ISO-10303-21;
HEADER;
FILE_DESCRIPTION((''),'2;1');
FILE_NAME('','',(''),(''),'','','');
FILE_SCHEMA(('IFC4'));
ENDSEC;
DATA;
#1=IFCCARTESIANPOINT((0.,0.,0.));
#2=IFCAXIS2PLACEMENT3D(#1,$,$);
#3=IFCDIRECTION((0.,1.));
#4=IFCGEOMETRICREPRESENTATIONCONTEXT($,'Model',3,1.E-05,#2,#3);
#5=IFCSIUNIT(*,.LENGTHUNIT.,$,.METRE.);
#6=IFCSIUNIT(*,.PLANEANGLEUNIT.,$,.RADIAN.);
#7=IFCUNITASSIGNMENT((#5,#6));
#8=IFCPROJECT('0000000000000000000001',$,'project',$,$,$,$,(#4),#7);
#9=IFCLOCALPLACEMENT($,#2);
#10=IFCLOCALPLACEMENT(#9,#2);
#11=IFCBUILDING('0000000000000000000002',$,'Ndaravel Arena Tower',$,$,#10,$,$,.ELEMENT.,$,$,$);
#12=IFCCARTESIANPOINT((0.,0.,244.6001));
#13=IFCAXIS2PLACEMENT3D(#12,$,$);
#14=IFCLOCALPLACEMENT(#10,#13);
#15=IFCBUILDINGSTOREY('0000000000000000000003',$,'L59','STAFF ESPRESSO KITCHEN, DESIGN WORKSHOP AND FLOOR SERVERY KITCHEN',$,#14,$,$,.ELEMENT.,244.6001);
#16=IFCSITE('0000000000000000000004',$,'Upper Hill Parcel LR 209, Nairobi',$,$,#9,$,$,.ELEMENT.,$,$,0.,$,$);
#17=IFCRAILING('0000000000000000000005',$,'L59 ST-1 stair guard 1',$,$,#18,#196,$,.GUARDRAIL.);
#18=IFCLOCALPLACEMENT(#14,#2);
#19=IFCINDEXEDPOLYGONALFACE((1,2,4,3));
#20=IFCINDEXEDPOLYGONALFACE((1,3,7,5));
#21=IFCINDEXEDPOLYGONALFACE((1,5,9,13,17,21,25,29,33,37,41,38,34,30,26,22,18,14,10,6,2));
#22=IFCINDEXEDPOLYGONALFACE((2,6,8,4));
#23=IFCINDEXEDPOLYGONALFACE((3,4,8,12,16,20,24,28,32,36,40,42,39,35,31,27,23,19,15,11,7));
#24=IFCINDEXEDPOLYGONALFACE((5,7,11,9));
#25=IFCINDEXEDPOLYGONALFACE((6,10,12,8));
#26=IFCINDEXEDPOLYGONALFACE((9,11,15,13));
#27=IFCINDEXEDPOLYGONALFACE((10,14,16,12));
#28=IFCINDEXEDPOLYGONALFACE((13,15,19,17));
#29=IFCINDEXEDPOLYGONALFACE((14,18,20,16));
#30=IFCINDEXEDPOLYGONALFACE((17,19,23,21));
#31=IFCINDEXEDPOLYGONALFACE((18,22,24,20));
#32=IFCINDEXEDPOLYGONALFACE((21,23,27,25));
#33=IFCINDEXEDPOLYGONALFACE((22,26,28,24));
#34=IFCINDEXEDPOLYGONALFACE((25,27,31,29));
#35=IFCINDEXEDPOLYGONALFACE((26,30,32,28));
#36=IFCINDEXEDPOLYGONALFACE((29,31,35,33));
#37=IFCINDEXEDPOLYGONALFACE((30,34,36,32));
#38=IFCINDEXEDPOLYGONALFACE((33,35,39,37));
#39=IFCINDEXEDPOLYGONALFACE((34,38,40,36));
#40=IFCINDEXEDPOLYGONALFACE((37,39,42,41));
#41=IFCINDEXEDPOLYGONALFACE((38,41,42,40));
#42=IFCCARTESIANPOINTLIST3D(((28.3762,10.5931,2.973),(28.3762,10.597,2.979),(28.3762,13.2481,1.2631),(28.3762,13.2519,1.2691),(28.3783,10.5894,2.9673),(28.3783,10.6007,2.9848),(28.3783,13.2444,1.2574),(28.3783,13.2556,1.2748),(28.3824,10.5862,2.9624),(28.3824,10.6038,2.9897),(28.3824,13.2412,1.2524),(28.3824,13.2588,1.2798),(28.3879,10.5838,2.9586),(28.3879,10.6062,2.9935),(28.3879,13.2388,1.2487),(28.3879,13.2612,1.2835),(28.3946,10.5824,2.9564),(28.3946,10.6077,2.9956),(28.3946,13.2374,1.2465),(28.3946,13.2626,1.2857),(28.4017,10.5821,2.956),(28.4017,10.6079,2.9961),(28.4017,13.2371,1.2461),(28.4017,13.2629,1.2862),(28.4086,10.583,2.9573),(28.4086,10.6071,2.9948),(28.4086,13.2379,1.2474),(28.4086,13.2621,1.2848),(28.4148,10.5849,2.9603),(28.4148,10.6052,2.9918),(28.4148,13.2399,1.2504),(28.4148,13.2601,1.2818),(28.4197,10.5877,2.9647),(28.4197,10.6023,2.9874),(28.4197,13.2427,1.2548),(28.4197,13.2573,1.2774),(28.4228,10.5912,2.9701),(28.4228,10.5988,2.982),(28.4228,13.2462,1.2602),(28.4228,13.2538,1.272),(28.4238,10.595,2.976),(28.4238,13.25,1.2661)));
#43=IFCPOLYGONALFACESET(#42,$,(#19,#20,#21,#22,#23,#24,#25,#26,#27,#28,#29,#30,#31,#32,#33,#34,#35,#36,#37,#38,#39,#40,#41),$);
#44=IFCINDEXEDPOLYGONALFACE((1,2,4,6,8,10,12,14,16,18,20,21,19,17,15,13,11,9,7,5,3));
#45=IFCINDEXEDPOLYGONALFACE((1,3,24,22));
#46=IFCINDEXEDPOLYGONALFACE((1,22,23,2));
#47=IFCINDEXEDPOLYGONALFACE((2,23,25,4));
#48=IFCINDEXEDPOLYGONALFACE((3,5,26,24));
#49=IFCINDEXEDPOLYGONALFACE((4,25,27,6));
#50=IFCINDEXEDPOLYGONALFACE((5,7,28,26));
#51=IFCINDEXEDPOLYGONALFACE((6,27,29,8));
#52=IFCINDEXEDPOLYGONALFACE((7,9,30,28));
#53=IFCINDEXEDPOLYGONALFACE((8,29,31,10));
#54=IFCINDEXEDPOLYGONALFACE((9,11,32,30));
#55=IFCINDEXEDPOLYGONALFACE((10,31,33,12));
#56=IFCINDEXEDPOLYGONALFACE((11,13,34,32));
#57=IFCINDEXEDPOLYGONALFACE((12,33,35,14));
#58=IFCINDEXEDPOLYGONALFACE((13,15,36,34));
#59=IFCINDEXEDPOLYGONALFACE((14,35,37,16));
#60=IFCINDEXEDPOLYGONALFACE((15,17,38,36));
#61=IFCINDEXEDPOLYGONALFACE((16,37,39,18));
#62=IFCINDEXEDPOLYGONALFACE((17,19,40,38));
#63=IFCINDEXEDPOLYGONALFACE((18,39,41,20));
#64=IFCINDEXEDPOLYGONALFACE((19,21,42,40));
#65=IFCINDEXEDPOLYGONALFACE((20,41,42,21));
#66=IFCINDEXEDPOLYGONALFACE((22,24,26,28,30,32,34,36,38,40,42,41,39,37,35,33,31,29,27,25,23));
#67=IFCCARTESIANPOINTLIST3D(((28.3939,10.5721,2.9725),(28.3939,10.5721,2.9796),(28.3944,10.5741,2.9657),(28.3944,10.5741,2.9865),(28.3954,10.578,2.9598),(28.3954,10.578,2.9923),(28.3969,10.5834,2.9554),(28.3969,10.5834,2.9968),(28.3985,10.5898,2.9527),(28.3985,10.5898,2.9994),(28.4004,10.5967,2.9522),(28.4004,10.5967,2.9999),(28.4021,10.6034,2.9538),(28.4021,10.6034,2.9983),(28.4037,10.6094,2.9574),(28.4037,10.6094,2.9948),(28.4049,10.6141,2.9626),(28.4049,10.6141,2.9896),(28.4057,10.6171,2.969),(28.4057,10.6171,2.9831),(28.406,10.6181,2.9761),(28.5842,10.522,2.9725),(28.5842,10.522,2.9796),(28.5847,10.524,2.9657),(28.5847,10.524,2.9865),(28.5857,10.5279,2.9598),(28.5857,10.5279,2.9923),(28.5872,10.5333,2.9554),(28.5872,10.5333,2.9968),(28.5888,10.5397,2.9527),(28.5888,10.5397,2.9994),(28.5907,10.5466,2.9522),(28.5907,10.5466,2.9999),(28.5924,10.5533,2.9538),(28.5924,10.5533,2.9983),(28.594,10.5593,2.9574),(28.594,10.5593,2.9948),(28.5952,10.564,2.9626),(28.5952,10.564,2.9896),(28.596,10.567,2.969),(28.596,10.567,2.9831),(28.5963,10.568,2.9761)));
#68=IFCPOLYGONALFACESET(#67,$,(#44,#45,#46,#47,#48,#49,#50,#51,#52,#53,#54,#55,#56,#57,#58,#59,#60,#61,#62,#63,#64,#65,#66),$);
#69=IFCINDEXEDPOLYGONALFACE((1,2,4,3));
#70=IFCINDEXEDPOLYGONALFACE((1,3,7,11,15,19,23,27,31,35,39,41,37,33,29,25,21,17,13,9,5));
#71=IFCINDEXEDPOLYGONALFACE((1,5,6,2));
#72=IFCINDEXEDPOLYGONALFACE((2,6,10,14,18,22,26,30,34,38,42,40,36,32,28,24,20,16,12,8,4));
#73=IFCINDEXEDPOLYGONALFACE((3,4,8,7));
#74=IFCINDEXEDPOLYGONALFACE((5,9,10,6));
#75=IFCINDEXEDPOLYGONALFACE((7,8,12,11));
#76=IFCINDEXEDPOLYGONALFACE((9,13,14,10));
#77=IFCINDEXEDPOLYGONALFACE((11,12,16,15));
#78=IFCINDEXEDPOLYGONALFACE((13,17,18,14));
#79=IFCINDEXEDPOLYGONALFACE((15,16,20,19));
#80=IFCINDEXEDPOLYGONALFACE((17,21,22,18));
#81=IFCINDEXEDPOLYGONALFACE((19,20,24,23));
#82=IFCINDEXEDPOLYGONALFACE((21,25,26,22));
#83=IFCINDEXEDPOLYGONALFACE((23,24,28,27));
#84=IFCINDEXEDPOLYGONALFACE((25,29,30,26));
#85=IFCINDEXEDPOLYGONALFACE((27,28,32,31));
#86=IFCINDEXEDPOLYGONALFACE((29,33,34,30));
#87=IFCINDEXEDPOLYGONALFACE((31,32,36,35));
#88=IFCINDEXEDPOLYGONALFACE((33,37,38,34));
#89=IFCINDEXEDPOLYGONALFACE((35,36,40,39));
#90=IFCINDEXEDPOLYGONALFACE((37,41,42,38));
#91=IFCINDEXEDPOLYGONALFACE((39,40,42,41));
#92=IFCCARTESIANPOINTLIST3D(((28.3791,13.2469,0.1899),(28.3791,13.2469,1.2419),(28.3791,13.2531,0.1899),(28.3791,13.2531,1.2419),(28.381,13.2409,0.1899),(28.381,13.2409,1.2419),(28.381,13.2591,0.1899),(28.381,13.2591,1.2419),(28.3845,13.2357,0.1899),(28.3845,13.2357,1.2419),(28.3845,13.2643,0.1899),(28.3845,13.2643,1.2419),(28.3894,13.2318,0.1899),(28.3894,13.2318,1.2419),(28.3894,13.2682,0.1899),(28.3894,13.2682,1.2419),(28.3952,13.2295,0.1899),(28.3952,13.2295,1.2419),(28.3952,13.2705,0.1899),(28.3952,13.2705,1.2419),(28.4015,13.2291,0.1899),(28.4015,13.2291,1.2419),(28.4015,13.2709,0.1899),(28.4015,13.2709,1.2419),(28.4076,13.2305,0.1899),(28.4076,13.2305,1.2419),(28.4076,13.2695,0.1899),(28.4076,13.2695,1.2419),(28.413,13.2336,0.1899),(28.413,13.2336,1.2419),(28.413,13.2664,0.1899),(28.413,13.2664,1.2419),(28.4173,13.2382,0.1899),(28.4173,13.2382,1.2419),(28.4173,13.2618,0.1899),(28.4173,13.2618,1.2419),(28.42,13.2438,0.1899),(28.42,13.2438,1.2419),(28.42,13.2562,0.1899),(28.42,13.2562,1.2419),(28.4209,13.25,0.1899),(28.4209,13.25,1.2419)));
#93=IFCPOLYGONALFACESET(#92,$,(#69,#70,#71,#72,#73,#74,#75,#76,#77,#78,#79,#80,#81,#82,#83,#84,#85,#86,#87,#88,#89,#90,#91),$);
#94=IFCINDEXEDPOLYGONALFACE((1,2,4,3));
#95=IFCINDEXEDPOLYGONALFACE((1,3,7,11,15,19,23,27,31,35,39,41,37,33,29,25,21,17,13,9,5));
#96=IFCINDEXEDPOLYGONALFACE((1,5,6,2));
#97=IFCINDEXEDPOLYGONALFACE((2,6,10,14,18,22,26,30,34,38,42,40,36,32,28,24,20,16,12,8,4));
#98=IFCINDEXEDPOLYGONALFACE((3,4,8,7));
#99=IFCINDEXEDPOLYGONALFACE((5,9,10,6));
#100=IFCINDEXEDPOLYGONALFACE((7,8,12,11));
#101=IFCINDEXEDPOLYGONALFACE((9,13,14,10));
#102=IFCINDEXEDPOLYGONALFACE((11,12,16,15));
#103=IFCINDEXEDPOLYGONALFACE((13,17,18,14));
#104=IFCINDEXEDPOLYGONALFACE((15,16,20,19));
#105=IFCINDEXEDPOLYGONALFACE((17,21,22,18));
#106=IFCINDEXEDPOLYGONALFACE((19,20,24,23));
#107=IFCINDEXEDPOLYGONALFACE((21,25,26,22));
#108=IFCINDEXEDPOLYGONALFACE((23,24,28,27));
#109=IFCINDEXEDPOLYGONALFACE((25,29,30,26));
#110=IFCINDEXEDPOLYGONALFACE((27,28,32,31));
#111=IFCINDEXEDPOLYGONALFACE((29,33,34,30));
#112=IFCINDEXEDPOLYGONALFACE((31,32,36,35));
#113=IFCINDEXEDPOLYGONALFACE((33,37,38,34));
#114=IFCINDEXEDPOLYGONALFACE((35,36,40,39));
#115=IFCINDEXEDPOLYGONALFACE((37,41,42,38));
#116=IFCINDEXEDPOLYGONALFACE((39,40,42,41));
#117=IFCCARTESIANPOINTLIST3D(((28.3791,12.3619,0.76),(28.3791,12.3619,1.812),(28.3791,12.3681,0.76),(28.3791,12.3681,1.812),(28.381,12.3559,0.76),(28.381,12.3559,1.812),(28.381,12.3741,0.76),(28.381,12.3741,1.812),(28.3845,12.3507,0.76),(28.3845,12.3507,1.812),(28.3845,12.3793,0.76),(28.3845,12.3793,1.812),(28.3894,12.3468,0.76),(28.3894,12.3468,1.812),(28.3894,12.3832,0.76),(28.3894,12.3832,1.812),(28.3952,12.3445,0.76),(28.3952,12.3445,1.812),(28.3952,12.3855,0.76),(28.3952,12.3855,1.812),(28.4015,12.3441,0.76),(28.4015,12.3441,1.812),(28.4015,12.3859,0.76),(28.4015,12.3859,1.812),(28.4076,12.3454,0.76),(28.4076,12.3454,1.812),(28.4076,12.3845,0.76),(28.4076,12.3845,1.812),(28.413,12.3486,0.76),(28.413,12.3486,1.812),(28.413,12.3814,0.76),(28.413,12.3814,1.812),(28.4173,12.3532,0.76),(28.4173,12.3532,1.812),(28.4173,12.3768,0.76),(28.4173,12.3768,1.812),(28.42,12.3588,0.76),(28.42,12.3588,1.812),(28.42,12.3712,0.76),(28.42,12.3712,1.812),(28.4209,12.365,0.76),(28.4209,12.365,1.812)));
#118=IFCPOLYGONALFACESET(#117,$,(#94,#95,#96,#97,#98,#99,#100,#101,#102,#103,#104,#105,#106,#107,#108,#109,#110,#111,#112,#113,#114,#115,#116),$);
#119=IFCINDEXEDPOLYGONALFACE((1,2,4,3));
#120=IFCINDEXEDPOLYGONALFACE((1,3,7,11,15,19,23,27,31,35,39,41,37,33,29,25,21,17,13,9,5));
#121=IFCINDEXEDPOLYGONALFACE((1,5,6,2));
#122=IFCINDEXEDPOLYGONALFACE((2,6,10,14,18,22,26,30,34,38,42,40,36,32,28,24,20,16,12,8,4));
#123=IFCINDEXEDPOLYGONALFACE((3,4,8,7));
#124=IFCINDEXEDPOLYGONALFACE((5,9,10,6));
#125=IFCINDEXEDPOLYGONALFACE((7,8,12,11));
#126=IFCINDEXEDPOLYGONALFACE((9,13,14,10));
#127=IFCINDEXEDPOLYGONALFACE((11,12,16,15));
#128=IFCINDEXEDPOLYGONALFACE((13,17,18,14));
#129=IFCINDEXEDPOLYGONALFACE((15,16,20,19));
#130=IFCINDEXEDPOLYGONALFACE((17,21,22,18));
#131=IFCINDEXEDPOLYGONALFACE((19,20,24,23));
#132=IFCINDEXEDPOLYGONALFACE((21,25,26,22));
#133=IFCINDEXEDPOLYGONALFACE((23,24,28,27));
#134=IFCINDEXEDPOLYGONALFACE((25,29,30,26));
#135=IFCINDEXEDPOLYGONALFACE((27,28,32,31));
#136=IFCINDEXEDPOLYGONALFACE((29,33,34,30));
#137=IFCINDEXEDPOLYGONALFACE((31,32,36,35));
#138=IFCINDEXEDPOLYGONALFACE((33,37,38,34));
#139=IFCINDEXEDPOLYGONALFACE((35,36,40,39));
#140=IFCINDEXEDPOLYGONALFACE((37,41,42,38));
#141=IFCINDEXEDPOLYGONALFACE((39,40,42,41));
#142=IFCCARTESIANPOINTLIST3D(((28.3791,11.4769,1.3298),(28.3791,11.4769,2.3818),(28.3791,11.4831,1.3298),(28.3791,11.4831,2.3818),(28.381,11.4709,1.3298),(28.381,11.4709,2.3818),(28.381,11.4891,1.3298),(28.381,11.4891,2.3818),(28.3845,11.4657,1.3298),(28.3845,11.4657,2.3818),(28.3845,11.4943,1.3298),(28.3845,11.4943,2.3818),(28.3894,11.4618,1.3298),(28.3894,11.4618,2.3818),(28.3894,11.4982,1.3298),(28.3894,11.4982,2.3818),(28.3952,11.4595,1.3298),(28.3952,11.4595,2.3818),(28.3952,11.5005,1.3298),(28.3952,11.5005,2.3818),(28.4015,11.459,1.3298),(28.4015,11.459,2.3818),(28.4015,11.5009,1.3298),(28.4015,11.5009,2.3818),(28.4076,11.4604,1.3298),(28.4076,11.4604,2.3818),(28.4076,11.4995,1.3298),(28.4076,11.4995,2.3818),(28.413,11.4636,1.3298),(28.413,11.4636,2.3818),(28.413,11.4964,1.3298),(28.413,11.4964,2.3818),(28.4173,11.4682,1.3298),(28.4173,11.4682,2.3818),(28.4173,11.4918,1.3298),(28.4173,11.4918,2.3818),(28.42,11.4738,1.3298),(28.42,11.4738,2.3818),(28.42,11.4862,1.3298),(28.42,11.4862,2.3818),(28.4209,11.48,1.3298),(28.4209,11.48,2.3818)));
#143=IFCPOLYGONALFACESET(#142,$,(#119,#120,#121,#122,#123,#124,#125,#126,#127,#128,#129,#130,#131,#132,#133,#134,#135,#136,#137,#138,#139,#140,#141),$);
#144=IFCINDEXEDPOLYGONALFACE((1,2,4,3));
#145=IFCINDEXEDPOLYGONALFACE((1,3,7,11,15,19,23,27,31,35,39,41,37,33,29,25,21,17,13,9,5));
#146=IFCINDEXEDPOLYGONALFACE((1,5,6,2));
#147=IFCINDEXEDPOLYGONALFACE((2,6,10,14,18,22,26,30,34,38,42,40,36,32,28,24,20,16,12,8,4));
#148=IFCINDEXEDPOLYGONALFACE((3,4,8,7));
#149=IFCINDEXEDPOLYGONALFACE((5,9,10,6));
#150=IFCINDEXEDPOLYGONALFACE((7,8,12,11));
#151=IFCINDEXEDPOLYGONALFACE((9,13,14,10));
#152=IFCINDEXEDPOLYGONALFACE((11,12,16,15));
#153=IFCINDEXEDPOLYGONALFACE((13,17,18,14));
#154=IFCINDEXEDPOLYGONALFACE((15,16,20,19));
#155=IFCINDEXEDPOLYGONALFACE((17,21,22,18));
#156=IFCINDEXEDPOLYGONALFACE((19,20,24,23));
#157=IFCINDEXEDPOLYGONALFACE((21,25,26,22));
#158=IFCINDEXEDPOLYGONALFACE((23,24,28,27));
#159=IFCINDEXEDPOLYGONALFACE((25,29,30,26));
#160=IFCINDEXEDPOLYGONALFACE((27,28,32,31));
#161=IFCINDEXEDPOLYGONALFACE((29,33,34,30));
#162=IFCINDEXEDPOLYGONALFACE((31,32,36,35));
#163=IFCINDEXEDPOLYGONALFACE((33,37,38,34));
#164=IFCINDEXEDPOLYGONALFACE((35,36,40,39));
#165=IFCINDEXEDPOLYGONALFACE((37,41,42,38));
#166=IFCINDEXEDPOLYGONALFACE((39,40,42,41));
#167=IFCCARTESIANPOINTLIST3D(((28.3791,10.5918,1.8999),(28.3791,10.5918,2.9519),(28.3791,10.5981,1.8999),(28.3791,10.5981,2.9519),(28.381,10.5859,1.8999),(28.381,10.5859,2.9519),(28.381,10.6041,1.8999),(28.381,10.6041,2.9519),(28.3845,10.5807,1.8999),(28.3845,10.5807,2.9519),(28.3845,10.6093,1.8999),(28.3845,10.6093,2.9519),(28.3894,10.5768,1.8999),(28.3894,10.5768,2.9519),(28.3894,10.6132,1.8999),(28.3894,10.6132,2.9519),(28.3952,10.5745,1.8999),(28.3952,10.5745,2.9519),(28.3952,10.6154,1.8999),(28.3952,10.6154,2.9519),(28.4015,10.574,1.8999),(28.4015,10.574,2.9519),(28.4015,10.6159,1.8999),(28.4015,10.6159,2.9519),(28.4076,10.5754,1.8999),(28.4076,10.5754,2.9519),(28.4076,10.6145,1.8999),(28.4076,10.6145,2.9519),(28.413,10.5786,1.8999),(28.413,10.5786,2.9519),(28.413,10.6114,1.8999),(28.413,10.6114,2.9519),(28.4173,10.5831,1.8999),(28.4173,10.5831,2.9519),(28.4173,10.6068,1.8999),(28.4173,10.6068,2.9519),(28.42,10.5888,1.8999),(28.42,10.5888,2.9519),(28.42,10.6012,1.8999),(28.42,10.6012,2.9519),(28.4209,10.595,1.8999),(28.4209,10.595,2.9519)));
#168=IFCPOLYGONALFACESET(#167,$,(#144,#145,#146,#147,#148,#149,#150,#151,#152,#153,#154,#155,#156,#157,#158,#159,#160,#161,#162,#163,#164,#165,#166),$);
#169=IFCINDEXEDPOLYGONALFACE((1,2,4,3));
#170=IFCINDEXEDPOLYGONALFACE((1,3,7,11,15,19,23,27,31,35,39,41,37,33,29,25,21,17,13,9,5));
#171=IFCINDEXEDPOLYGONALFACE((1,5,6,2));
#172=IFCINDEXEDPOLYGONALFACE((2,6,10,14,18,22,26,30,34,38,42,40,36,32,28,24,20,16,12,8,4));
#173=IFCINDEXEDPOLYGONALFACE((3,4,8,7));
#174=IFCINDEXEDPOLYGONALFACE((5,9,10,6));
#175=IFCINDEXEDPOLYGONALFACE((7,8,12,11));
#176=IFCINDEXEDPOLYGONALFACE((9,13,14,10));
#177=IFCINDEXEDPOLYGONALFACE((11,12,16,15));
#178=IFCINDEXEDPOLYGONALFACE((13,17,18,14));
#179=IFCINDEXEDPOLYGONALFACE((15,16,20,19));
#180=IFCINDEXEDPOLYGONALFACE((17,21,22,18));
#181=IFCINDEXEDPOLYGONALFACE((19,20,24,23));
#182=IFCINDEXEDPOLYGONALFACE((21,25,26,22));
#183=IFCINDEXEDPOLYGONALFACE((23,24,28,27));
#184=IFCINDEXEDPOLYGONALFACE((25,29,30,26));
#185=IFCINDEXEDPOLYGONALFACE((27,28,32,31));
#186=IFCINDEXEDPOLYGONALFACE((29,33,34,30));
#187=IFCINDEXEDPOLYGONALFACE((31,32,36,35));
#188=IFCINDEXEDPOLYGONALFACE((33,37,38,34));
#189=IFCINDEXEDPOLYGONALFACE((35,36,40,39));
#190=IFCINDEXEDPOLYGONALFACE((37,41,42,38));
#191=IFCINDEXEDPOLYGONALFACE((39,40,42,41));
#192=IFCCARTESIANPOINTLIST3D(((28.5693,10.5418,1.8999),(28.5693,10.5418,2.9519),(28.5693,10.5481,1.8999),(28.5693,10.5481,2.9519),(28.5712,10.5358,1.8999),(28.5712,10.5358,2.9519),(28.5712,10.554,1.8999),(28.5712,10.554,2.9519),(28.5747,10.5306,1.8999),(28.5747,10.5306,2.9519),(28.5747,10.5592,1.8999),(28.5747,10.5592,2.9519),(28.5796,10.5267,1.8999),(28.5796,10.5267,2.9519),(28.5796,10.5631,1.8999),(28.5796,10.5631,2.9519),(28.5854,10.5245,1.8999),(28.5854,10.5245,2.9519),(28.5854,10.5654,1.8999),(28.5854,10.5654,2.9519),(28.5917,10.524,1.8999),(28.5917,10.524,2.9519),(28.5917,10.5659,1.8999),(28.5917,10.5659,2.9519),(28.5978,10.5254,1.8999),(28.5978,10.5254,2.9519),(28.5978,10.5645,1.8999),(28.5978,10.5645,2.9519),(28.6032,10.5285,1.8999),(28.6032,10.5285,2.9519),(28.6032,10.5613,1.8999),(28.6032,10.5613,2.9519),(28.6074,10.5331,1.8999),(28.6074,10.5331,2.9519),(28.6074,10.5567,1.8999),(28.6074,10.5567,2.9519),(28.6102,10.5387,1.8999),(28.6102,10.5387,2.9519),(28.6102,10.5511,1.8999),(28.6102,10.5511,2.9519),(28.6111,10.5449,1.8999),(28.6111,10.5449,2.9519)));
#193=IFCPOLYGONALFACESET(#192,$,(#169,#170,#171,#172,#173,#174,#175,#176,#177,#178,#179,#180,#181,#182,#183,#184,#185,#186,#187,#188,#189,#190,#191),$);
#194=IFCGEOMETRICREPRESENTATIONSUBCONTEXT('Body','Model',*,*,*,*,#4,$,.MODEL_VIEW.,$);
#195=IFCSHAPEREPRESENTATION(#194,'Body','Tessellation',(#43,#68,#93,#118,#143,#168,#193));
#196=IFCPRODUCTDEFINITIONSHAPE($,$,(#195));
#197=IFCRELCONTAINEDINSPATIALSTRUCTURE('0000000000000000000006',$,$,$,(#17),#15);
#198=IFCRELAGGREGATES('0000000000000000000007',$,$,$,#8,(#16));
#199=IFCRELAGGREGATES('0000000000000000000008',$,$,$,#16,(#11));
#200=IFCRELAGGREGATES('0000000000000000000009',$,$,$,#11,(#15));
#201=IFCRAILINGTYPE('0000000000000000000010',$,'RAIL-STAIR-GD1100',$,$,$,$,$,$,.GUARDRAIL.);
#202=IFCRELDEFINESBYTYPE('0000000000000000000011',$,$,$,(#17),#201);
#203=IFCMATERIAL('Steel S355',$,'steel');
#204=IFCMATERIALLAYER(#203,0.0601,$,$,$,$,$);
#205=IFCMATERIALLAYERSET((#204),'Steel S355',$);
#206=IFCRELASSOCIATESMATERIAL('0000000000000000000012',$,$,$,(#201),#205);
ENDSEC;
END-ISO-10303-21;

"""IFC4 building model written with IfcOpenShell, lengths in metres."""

from ifc_helpers import new_model, si_unit, direction, frame, origin, origin_2d, place, context, subcontext, project, spatial, circle, extrude, material, layer, layer_set, type_object, element, save


model = new_model("IFC4")

# Units and contexts
model_context = context("Model", 3, precision=1e-05, world=origin(), true_north=direction((0.0, 1.0)))
body_context = subcontext(model_context, "Body", "Model", "MODEL_VIEW")
ifc_project = project(units=[si_unit("LENGTHUNIT", "METRE"), si_unit("PLANEANGLEUNIT", "RADIAN")], contexts=[model_context])

# Site, building, storey
site_placement = place(None, origin())
site = spatial("IfcSite", under=ifc_project, at=site_placement, Name="Upper Hill Parcel LR 209, Nairobi", CompositionType="ELEMENT", RefElevation=0.0)
building_placement = place(site_placement, origin())
building = spatial("IfcBuilding", under=site, at=building_placement, Name="Ndaravel Arena Tower", CompositionType="ELEMENT")
storey_placement = place(building_placement, frame((0.0, 0.0, 244.6001)))
storey = spatial("IfcBuildingStorey", under=building, at=storey_placement, Name="L59", Description="STAFF ESPRESSO KITCHEN, DESIGN WORKSHOP AND FLOOR SERVERY KITCHEN", CompositionType="ELEMENT", Elevation=244.6001)

# Railing
ifc_material_1 = material(Name="Steel S355", Category="steel")
ifc_layer_1 = layer(ifc_material_1, 0.0601)
ifc_layer_set_1 = layer_set([ifc_layer_1], Name="Steel S355")
railing_type_1 = type_object("IfcRailingType", Name="RAIL-STAIR-GD1100", PredefinedType="GUARDRAIL", material=ifc_layer_set_1)
railing_1_placement = place(storey_placement, frame((28.3999, 13.25, 0.1899)))
element("IfcRailing", 1, at=railing_1_placement, inside=storey, type_object=railing_type_1, Name="L59 ST-1 stair guard 1", PredefinedType="GUARDRAIL", context=body_context, shape_type="SweptSolid", body=[
    extrude(circle(Radius=0.0239, at=origin_2d()), frame((0.0, 0.0, 1.0762), z_axis=(0.0, -0.840724, 0.541465), x_axis=(1.0, 0.0, 0.0)), (0.0, 0.0, 1.0), 3.158),
    extrude(circle(Radius=0.0239, at=origin_2d()), frame((0.0, -2.655, 2.7861), z_axis=(0.967075, -0.254493, 0.0), x_axis=(0.254493, 0.967075, 0.0)), (0.0, 0.0, 1.0), 0.1968),
    extrude(circle(Radius=0.021, at=origin_2d()), origin(), (0.0, 0.0, 1.0), 1.052),
    extrude(circle(Radius=0.021, at=origin_2d()), frame((0.0, -0.885, 0.5701)), (0.0, 0.0, 1.0), 1.052),
    extrude(circle(Radius=0.021, at=origin_2d()), frame((0.0, -1.77, 1.1399)), (0.0, 0.0, 1.0), 1.052),
    extrude(circle(Radius=0.021, at=origin_2d()), frame((0.0, -2.655, 1.71)), (0.0, 0.0, 1.0), 1.052),
    extrude(circle(Radius=0.021, at=origin_2d()), frame((0.1902, -2.7051, 1.71)), (0.0, 0.0, 1.0), 1.052),
])

save(model, "model.ifc")
